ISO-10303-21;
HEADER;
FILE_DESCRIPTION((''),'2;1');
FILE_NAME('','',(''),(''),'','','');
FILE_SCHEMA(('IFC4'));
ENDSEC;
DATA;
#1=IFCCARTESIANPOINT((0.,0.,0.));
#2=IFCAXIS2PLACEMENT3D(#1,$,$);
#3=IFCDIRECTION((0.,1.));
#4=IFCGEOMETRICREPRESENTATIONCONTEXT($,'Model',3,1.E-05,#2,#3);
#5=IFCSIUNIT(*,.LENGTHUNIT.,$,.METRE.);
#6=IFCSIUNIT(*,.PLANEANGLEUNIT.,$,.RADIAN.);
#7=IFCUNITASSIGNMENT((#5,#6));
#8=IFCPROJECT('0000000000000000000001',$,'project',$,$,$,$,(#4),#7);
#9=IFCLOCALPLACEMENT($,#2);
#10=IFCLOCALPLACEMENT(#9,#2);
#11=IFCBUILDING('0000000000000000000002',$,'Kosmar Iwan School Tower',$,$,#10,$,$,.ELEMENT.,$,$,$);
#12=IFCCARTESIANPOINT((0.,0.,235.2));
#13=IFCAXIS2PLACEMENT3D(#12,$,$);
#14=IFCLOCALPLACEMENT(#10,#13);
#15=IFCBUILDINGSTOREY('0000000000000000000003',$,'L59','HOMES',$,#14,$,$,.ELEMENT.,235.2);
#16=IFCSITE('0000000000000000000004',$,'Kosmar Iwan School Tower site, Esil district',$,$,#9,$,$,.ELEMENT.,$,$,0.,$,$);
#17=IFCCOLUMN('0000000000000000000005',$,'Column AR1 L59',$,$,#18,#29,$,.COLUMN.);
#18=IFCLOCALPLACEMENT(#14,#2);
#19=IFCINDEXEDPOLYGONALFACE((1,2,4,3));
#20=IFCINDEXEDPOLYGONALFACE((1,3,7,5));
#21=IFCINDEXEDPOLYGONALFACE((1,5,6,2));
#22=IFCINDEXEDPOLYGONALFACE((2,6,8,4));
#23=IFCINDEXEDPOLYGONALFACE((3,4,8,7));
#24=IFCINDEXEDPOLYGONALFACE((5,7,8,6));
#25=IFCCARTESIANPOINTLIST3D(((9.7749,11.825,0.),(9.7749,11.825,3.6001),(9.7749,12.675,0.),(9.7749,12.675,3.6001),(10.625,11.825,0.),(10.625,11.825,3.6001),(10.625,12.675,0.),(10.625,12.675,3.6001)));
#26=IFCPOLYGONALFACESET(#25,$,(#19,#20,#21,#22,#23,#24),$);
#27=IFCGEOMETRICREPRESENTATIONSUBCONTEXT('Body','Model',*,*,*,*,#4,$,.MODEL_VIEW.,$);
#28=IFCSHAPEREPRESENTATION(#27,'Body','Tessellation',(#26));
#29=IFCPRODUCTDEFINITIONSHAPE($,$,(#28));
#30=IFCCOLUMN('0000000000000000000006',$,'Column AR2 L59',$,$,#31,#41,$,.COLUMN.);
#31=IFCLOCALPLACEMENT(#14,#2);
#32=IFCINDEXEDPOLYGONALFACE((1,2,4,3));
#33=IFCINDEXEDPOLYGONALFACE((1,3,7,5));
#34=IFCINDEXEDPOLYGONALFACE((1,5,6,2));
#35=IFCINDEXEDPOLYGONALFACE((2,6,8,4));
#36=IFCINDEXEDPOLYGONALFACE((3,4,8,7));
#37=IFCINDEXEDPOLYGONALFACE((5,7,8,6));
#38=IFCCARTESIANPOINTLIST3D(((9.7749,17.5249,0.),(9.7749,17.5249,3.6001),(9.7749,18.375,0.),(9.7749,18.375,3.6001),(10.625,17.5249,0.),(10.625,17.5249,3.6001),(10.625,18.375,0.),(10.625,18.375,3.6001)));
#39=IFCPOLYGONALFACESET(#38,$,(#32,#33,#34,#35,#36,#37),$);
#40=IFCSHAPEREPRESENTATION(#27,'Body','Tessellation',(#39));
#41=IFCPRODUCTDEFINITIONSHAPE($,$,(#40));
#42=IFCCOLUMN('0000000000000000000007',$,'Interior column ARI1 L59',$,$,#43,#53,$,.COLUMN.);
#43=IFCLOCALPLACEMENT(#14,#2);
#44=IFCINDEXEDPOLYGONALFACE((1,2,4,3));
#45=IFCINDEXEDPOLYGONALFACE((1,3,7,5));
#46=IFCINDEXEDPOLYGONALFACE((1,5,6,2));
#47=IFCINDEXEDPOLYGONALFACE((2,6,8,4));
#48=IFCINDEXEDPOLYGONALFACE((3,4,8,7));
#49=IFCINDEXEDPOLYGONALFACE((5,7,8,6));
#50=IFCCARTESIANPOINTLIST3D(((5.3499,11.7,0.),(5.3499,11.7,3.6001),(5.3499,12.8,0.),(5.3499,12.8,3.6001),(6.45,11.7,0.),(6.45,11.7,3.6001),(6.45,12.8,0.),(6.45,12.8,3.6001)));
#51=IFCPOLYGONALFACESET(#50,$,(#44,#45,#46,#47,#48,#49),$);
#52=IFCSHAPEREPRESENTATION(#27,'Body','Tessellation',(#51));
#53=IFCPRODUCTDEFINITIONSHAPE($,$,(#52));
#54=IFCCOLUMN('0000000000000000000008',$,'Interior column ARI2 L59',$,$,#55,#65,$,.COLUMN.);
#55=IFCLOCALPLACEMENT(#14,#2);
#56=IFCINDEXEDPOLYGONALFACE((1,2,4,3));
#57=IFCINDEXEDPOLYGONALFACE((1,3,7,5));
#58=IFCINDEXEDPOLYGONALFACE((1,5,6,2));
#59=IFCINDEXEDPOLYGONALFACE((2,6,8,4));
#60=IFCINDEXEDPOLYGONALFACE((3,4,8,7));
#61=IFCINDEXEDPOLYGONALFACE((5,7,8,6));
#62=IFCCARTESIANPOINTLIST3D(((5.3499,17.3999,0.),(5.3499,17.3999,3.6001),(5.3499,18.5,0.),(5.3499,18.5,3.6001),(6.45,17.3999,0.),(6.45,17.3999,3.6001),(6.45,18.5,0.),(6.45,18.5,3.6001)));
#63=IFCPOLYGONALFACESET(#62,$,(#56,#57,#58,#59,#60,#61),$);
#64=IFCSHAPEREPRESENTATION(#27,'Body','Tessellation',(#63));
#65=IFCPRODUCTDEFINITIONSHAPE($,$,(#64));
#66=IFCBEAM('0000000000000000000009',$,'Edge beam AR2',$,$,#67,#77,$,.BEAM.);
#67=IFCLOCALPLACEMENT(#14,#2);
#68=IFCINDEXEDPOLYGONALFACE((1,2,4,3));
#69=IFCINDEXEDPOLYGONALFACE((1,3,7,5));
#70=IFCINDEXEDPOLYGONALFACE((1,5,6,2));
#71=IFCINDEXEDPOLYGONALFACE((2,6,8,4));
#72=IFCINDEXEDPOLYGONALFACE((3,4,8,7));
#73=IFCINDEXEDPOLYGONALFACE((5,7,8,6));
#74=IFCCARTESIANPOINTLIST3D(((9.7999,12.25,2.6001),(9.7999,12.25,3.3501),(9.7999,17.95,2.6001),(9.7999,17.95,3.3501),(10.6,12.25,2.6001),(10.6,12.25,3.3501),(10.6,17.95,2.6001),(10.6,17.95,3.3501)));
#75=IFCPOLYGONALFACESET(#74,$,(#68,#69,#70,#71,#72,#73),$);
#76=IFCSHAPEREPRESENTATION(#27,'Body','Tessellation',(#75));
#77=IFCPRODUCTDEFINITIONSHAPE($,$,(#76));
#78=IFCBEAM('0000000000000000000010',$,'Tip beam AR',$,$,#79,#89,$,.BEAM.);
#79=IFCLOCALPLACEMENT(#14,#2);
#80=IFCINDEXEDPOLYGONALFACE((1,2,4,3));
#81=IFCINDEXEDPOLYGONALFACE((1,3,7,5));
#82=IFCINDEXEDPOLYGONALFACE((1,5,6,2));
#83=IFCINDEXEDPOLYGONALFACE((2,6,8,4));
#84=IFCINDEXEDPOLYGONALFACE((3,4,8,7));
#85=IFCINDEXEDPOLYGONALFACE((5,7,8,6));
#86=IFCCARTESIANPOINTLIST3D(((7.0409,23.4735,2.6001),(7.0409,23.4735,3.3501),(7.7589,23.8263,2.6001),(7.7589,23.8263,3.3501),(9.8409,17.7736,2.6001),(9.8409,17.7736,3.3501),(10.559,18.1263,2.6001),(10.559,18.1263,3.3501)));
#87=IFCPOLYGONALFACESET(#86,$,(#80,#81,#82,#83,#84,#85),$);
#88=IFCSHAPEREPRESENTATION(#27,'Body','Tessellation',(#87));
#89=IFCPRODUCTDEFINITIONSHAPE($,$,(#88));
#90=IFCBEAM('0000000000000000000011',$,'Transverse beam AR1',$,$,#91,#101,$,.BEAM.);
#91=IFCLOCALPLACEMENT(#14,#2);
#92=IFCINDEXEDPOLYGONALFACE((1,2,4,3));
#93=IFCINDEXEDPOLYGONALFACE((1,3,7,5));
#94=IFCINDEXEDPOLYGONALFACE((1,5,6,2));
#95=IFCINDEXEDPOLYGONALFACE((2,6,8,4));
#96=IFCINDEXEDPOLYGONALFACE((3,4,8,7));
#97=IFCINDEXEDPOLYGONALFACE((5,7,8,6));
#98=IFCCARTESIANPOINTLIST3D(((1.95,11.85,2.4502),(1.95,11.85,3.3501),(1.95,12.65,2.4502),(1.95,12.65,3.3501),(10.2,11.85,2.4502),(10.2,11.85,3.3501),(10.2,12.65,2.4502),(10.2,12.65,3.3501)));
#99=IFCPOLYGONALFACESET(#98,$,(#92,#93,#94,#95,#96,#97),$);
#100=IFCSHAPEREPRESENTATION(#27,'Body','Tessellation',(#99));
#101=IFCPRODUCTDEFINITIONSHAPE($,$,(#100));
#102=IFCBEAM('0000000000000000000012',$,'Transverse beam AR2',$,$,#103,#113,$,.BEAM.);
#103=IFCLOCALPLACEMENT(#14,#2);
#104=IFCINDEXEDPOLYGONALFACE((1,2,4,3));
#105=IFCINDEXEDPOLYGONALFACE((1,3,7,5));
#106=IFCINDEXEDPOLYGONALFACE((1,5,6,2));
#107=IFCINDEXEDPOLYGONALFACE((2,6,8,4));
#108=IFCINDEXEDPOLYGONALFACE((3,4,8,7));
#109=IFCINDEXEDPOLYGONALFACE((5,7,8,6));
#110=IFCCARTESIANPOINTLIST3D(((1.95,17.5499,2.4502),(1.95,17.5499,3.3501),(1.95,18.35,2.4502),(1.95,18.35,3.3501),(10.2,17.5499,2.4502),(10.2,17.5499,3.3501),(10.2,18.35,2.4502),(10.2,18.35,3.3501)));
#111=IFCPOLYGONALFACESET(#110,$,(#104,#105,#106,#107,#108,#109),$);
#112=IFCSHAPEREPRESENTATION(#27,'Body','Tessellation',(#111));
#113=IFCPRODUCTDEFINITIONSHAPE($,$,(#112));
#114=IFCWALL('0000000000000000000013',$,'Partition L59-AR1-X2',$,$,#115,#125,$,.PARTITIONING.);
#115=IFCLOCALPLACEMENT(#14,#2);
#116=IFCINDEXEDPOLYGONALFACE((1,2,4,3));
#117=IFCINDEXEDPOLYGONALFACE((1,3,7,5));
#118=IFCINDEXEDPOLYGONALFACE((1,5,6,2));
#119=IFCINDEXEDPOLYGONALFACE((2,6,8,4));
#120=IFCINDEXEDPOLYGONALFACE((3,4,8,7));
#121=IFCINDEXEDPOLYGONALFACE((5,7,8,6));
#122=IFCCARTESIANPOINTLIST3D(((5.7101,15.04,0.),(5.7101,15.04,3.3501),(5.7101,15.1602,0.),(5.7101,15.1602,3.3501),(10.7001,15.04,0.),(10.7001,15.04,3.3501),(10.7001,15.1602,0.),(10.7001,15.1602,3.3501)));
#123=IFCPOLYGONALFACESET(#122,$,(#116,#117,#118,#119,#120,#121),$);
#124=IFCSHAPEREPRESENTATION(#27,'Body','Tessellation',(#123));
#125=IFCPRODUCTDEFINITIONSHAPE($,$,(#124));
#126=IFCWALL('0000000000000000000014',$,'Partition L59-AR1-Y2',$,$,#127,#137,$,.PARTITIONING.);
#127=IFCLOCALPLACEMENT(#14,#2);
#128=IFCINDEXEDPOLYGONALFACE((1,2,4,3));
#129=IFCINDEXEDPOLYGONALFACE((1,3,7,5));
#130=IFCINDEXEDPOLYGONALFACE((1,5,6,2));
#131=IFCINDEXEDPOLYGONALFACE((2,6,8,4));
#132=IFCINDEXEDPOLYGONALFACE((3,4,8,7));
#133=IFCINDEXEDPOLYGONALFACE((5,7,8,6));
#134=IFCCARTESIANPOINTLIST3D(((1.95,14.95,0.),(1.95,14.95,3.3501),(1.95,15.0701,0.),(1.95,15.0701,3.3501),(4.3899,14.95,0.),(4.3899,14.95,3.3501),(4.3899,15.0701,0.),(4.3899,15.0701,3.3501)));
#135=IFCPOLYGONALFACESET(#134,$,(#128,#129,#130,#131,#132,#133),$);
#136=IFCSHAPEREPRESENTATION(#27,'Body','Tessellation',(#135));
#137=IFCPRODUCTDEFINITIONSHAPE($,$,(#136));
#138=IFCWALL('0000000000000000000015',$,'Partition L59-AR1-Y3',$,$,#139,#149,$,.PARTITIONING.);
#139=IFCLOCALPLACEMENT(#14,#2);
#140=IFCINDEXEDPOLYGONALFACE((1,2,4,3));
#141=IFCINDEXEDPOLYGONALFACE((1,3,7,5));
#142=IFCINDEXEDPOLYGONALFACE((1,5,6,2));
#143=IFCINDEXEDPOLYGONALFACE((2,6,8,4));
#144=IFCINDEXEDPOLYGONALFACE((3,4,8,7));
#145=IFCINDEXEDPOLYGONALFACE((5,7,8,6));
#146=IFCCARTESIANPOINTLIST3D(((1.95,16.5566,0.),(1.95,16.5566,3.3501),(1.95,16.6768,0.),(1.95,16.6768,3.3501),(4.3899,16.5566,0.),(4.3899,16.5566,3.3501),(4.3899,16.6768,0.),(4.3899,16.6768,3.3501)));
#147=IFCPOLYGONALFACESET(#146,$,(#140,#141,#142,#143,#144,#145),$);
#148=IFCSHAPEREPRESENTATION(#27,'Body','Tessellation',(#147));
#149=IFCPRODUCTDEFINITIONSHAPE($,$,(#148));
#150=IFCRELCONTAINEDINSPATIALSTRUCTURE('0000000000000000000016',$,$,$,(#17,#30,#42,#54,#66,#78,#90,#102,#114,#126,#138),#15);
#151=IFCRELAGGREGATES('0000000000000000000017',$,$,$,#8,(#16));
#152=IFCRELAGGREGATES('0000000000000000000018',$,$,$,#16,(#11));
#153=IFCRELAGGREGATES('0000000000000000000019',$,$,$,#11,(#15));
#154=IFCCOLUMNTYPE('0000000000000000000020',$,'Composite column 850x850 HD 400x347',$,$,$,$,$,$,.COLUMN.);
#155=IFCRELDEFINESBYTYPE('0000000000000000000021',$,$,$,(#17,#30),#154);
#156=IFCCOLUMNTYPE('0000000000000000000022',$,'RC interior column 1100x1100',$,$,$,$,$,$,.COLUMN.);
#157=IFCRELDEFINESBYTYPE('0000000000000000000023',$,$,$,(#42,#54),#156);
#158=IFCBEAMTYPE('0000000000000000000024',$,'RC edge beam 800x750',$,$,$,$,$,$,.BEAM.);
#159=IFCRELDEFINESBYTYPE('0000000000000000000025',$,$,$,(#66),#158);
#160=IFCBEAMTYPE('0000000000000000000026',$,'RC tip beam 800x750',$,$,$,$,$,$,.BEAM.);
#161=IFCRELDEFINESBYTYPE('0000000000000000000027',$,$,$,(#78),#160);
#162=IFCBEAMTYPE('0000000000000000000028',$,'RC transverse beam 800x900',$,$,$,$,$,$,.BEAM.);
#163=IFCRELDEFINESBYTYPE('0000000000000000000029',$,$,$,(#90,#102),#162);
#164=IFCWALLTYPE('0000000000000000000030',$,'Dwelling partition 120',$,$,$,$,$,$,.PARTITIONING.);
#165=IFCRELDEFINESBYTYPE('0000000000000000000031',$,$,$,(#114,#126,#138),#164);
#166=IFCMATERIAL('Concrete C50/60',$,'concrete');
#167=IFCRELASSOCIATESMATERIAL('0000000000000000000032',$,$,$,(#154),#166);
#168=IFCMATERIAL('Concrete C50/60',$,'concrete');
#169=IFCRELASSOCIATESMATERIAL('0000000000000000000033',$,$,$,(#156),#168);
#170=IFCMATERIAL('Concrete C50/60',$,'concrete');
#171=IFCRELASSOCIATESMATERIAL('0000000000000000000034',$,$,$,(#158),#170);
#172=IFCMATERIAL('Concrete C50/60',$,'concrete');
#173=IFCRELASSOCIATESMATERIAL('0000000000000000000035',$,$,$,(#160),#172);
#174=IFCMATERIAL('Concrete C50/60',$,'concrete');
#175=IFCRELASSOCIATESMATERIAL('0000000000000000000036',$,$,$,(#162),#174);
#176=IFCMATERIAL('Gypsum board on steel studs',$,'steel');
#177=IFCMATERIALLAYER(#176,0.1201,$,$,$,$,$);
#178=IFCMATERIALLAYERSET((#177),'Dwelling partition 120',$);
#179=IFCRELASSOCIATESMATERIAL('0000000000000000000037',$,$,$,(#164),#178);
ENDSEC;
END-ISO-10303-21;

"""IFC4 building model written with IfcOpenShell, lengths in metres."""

from ifc_helpers import new_model, si_unit, direction, frame, frame_2d, origin, origin_2d, place, context, subcontext, project, spatial, rectangle, extrude, material, layer, layer_set, material_profile, profile_set, type_object, element, save


model = new_model("IFC4")

# Units and contexts
model_context = context("Model", 3, precision=1e-05, world=origin(), true_north=direction((0.0, 1.0)))
body_context = subcontext(model_context, "Body", "Model", "MODEL_VIEW")
ifc_project = project(units=[si_unit("LENGTHUNIT", "METRE"), si_unit("PLANEANGLEUNIT", "RADIAN")], contexts=[model_context])

# Site, building, storey
site_placement = place(None, origin())
site = spatial("IfcSite", under=ifc_project, at=site_placement, Name="Kosmar Iwan School Tower site, Esil district", CompositionType="ELEMENT", RefElevation=0.0)
building_placement = place(site_placement, origin())
building = spatial("IfcBuilding", under=site, at=building_placement, Name="Kosmar Iwan School Tower", CompositionType="ELEMENT")
storey_placement = place(building_placement, frame((0.0, 0.0, 235.2)))
storey = spatial("IfcBuildingStorey", under=building, at=storey_placement, Name="L59", Description="HOMES", CompositionType="ELEMENT", Elevation=235.2)

# Columns
ifc_material_1 = material(Name="Concrete C50/60", Category="concrete")
ifc_material_profile_1 = material_profile(ifc_material_1, rectangle(XDim=0.8501, YDim=0.8501, at=origin_2d()), Name="RC 850x850 + HD 400x347")
ifc_profile_set_1 = profile_set([ifc_material_profile_1], Name="Concrete C50/60")
column_type_1 = type_object("IfcColumnType", Name="Composite column 850x850 HD 400x347", PredefinedType="COLUMN", material=ifc_profile_set_1)
for number, where, z_axis, x_axis, name in (
    (1, (10.2, 12.25, 0.0), (0.0, 0.0, 1.0), (0.0, 1.0, 0.0), "Column AR1 L59"),
    (2, (10.2, 17.95, 0.0), (0.0, 0.0, 1.0), (0.0, 1.0, 0.0), "Column AR2 L59"),
):
    element("IfcColumn", number, at=place(storey_placement, frame(where, z_axis=z_axis, x_axis=x_axis)), inside=storey, type_object=column_type_1, Name=name, PredefinedType="COLUMN", context=body_context, shape_type="SweptSolid", body=[
        extrude(rectangle(XDim=0.8501, YDim=0.8501, at=origin_2d()), origin(), (0.0, 0.0, 1.0), 3.6001),
    ])
ifc_material_2 = material(Name="Concrete C50/60", Category="concrete")
ifc_material_profile_2 = material_profile(ifc_material_2, rectangle(XDim=1.1001, YDim=1.1001, at=origin_2d()), Name="RC 1100x1100")
ifc_profile_set_2 = profile_set([ifc_material_profile_2], Name="Concrete C50/60")
column_type_2 = type_object("IfcColumnType", Name="RC interior column 1100x1100", PredefinedType="COLUMN", material=ifc_profile_set_2)
for number, where, z_axis, x_axis, name in (
    (3, (5.8999, 12.25, 0.0), (0.0, 0.0, 1.0), (0.0, 1.0, 0.0), "Interior column ARI1 L59"),
    (4, (5.8999, 17.95, 0.0), (0.0, 0.0, 1.0), (0.0, 1.0, 0.0), "Interior column ARI2 L59"),
):
    element("IfcColumn", number, at=place(storey_placement, frame(where, z_axis=z_axis, x_axis=x_axis)), inside=storey, type_object=column_type_2, Name=name, PredefinedType="COLUMN", context=body_context, shape_type="SweptSolid", body=[
        extrude(rectangle(XDim=1.1001, YDim=1.1001, at=origin_2d()), origin(), (0.0, 0.0, 1.0), 3.6001),
    ])

# Beams
ifc_material_3 = material(Name="Concrete C50/60", Category="concrete")
ifc_material_profile_3 = material_profile(ifc_material_3, rectangle(XDim=0.8, YDim=0.75, at=origin_2d()), Name="RC 800x750")
ifc_profile_set_3 = profile_set([ifc_material_profile_3], Name="Concrete C50/60")
beam_type_1 = type_object("IfcBeamType", Name="RC edge beam 800x750", PredefinedType="BEAM", material=ifc_profile_set_3)
beam_1_placement = place(storey_placement, frame((10.2, 12.25, 2.9751), z_axis=(0.0, 1.0, 0.0), x_axis=(-1.0, 0.0, 0.0)))
element("IfcBeam", 5, at=beam_1_placement, inside=storey, type_object=beam_type_1, Name="Edge beam AR2", PredefinedType="BEAM", context=body_context, shape_type="SweptSolid", body=[
    extrude(rectangle(XDim=0.8, YDim=0.75, at=origin_2d()), origin(), (0.0, 0.0, 1.0), 5.7),
])
ifc_material_4 = material(Name="Concrete C50/60", Category="concrete")
ifc_material_profile_4 = material_profile(ifc_material_4, rectangle(XDim=0.8, YDim=0.75, at=origin_2d()), Name="RC 800x750")
ifc_profile_set_4 = profile_set([ifc_material_profile_4], Name="Concrete C50/60")
beam_type_2 = type_object("IfcBeamType", Name="RC tip beam 800x750", PredefinedType="BEAM", material=ifc_profile_set_4)
beam_2_placement = place(storey_placement, frame((10.2, 17.95, 2.9751), z_axis=(-0.440913, 0.89755, 0.0), x_axis=(-0.89755, -0.440913, 0.0)))
element("IfcBeam", 6, at=beam_2_placement, inside=storey, type_object=beam_type_2, Name="Tip beam AR", PredefinedType="BEAM", context=body_context, shape_type="SweptSolid", body=[
    extrude(rectangle(XDim=0.8, YDim=0.75, at=origin_2d()), origin(), (0.0, 0.0, 1.0), 6.3506),
])
ifc_material_5 = material(Name="Concrete C50/60", Category="concrete")
ifc_material_profile_5 = material_profile(ifc_material_5, rectangle(XDim=0.8, YDim=0.8999, at=origin_2d()), Name="RC 800x900")
ifc_profile_set_5 = profile_set([ifc_material_profile_5], Name="Concrete C50/60")
beam_type_3 = type_object("IfcBeamType", Name="RC transverse beam 800x900", PredefinedType="BEAM", material=ifc_profile_set_5)
for number, where, z_axis, x_axis, name in (
    (7, (10.2, 12.25, 2.9001), (-1.0, 0.0, 0.0), (0.0, -1.0, 0.0), "Transverse beam AR1"),
    (8, (10.2, 17.95, 2.9001), (-1.0, 0.0, 0.0), (0.0, -1.0, 0.0), "Transverse beam AR2"),
):
    element("IfcBeam", number, at=place(storey_placement, frame(where, z_axis=z_axis, x_axis=x_axis)), inside=storey, type_object=beam_type_3, Name=name, PredefinedType="BEAM", context=body_context, shape_type="SweptSolid", body=[
        extrude(rectangle(XDim=0.8, YDim=0.8999, at=origin_2d()), origin(), (0.0, 0.0, 1.0), 8.25),
    ])

# Walls
ifc_material_6 = material(Name="Gypsum board on steel studs", Category="steel")
ifc_layer = layer(ifc_material_6, 0.1201)
ifc_layer_set = layer_set([ifc_layer], Name="Dwelling partition 120")
wall_type = type_object("IfcWallType", Name="Dwelling partition 120", PredefinedType="PARTITIONING", material=ifc_layer_set)
wall_placement = place(storey_placement, frame((5.71, 15.1001, 0.0), z_axis=(0.0, 0.0, 1.0), x_axis=(1.0, 0.0, 0.0)))
element("IfcWall", 9, at=wall_placement, inside=storey, type_object=wall_type, Name="Partition L59-AR1-X2", PredefinedType="PARTITIONING", context=body_context, shape_type="SweptSolid", body=[
    extrude(rectangle(XDim=4.99, YDim=0.1201, at=frame_2d((2.4951, 0.0))), origin(), (0.0, 0.0, 1.0), 3.3501),
])
for number, where, z_axis, x_axis, name in (
    (10, (1.95, 15.01, 0.0), (0.0, 0.0, 1.0), (1.0, 0.0, 0.0), "Partition L59-AR1-Y2"),
    (11, (1.95, 16.6167, 0.0), (0.0, 0.0, 1.0), (1.0, 0.0, 0.0), "Partition L59-AR1-Y3"),
):
    element("IfcWall", number, at=place(storey_placement, frame(where, z_axis=z_axis, x_axis=x_axis)), inside=storey, type_object=wall_type, Name=name, PredefinedType="PARTITIONING", context=body_context, shape_type="SweptSolid", body=[
        extrude(rectangle(XDim=2.4399, YDim=0.1201, at=frame_2d((1.22, 0.0))), origin(), (0.0, 0.0, 1.0), 3.3501),
    ])

save(model, "model.ifc")
